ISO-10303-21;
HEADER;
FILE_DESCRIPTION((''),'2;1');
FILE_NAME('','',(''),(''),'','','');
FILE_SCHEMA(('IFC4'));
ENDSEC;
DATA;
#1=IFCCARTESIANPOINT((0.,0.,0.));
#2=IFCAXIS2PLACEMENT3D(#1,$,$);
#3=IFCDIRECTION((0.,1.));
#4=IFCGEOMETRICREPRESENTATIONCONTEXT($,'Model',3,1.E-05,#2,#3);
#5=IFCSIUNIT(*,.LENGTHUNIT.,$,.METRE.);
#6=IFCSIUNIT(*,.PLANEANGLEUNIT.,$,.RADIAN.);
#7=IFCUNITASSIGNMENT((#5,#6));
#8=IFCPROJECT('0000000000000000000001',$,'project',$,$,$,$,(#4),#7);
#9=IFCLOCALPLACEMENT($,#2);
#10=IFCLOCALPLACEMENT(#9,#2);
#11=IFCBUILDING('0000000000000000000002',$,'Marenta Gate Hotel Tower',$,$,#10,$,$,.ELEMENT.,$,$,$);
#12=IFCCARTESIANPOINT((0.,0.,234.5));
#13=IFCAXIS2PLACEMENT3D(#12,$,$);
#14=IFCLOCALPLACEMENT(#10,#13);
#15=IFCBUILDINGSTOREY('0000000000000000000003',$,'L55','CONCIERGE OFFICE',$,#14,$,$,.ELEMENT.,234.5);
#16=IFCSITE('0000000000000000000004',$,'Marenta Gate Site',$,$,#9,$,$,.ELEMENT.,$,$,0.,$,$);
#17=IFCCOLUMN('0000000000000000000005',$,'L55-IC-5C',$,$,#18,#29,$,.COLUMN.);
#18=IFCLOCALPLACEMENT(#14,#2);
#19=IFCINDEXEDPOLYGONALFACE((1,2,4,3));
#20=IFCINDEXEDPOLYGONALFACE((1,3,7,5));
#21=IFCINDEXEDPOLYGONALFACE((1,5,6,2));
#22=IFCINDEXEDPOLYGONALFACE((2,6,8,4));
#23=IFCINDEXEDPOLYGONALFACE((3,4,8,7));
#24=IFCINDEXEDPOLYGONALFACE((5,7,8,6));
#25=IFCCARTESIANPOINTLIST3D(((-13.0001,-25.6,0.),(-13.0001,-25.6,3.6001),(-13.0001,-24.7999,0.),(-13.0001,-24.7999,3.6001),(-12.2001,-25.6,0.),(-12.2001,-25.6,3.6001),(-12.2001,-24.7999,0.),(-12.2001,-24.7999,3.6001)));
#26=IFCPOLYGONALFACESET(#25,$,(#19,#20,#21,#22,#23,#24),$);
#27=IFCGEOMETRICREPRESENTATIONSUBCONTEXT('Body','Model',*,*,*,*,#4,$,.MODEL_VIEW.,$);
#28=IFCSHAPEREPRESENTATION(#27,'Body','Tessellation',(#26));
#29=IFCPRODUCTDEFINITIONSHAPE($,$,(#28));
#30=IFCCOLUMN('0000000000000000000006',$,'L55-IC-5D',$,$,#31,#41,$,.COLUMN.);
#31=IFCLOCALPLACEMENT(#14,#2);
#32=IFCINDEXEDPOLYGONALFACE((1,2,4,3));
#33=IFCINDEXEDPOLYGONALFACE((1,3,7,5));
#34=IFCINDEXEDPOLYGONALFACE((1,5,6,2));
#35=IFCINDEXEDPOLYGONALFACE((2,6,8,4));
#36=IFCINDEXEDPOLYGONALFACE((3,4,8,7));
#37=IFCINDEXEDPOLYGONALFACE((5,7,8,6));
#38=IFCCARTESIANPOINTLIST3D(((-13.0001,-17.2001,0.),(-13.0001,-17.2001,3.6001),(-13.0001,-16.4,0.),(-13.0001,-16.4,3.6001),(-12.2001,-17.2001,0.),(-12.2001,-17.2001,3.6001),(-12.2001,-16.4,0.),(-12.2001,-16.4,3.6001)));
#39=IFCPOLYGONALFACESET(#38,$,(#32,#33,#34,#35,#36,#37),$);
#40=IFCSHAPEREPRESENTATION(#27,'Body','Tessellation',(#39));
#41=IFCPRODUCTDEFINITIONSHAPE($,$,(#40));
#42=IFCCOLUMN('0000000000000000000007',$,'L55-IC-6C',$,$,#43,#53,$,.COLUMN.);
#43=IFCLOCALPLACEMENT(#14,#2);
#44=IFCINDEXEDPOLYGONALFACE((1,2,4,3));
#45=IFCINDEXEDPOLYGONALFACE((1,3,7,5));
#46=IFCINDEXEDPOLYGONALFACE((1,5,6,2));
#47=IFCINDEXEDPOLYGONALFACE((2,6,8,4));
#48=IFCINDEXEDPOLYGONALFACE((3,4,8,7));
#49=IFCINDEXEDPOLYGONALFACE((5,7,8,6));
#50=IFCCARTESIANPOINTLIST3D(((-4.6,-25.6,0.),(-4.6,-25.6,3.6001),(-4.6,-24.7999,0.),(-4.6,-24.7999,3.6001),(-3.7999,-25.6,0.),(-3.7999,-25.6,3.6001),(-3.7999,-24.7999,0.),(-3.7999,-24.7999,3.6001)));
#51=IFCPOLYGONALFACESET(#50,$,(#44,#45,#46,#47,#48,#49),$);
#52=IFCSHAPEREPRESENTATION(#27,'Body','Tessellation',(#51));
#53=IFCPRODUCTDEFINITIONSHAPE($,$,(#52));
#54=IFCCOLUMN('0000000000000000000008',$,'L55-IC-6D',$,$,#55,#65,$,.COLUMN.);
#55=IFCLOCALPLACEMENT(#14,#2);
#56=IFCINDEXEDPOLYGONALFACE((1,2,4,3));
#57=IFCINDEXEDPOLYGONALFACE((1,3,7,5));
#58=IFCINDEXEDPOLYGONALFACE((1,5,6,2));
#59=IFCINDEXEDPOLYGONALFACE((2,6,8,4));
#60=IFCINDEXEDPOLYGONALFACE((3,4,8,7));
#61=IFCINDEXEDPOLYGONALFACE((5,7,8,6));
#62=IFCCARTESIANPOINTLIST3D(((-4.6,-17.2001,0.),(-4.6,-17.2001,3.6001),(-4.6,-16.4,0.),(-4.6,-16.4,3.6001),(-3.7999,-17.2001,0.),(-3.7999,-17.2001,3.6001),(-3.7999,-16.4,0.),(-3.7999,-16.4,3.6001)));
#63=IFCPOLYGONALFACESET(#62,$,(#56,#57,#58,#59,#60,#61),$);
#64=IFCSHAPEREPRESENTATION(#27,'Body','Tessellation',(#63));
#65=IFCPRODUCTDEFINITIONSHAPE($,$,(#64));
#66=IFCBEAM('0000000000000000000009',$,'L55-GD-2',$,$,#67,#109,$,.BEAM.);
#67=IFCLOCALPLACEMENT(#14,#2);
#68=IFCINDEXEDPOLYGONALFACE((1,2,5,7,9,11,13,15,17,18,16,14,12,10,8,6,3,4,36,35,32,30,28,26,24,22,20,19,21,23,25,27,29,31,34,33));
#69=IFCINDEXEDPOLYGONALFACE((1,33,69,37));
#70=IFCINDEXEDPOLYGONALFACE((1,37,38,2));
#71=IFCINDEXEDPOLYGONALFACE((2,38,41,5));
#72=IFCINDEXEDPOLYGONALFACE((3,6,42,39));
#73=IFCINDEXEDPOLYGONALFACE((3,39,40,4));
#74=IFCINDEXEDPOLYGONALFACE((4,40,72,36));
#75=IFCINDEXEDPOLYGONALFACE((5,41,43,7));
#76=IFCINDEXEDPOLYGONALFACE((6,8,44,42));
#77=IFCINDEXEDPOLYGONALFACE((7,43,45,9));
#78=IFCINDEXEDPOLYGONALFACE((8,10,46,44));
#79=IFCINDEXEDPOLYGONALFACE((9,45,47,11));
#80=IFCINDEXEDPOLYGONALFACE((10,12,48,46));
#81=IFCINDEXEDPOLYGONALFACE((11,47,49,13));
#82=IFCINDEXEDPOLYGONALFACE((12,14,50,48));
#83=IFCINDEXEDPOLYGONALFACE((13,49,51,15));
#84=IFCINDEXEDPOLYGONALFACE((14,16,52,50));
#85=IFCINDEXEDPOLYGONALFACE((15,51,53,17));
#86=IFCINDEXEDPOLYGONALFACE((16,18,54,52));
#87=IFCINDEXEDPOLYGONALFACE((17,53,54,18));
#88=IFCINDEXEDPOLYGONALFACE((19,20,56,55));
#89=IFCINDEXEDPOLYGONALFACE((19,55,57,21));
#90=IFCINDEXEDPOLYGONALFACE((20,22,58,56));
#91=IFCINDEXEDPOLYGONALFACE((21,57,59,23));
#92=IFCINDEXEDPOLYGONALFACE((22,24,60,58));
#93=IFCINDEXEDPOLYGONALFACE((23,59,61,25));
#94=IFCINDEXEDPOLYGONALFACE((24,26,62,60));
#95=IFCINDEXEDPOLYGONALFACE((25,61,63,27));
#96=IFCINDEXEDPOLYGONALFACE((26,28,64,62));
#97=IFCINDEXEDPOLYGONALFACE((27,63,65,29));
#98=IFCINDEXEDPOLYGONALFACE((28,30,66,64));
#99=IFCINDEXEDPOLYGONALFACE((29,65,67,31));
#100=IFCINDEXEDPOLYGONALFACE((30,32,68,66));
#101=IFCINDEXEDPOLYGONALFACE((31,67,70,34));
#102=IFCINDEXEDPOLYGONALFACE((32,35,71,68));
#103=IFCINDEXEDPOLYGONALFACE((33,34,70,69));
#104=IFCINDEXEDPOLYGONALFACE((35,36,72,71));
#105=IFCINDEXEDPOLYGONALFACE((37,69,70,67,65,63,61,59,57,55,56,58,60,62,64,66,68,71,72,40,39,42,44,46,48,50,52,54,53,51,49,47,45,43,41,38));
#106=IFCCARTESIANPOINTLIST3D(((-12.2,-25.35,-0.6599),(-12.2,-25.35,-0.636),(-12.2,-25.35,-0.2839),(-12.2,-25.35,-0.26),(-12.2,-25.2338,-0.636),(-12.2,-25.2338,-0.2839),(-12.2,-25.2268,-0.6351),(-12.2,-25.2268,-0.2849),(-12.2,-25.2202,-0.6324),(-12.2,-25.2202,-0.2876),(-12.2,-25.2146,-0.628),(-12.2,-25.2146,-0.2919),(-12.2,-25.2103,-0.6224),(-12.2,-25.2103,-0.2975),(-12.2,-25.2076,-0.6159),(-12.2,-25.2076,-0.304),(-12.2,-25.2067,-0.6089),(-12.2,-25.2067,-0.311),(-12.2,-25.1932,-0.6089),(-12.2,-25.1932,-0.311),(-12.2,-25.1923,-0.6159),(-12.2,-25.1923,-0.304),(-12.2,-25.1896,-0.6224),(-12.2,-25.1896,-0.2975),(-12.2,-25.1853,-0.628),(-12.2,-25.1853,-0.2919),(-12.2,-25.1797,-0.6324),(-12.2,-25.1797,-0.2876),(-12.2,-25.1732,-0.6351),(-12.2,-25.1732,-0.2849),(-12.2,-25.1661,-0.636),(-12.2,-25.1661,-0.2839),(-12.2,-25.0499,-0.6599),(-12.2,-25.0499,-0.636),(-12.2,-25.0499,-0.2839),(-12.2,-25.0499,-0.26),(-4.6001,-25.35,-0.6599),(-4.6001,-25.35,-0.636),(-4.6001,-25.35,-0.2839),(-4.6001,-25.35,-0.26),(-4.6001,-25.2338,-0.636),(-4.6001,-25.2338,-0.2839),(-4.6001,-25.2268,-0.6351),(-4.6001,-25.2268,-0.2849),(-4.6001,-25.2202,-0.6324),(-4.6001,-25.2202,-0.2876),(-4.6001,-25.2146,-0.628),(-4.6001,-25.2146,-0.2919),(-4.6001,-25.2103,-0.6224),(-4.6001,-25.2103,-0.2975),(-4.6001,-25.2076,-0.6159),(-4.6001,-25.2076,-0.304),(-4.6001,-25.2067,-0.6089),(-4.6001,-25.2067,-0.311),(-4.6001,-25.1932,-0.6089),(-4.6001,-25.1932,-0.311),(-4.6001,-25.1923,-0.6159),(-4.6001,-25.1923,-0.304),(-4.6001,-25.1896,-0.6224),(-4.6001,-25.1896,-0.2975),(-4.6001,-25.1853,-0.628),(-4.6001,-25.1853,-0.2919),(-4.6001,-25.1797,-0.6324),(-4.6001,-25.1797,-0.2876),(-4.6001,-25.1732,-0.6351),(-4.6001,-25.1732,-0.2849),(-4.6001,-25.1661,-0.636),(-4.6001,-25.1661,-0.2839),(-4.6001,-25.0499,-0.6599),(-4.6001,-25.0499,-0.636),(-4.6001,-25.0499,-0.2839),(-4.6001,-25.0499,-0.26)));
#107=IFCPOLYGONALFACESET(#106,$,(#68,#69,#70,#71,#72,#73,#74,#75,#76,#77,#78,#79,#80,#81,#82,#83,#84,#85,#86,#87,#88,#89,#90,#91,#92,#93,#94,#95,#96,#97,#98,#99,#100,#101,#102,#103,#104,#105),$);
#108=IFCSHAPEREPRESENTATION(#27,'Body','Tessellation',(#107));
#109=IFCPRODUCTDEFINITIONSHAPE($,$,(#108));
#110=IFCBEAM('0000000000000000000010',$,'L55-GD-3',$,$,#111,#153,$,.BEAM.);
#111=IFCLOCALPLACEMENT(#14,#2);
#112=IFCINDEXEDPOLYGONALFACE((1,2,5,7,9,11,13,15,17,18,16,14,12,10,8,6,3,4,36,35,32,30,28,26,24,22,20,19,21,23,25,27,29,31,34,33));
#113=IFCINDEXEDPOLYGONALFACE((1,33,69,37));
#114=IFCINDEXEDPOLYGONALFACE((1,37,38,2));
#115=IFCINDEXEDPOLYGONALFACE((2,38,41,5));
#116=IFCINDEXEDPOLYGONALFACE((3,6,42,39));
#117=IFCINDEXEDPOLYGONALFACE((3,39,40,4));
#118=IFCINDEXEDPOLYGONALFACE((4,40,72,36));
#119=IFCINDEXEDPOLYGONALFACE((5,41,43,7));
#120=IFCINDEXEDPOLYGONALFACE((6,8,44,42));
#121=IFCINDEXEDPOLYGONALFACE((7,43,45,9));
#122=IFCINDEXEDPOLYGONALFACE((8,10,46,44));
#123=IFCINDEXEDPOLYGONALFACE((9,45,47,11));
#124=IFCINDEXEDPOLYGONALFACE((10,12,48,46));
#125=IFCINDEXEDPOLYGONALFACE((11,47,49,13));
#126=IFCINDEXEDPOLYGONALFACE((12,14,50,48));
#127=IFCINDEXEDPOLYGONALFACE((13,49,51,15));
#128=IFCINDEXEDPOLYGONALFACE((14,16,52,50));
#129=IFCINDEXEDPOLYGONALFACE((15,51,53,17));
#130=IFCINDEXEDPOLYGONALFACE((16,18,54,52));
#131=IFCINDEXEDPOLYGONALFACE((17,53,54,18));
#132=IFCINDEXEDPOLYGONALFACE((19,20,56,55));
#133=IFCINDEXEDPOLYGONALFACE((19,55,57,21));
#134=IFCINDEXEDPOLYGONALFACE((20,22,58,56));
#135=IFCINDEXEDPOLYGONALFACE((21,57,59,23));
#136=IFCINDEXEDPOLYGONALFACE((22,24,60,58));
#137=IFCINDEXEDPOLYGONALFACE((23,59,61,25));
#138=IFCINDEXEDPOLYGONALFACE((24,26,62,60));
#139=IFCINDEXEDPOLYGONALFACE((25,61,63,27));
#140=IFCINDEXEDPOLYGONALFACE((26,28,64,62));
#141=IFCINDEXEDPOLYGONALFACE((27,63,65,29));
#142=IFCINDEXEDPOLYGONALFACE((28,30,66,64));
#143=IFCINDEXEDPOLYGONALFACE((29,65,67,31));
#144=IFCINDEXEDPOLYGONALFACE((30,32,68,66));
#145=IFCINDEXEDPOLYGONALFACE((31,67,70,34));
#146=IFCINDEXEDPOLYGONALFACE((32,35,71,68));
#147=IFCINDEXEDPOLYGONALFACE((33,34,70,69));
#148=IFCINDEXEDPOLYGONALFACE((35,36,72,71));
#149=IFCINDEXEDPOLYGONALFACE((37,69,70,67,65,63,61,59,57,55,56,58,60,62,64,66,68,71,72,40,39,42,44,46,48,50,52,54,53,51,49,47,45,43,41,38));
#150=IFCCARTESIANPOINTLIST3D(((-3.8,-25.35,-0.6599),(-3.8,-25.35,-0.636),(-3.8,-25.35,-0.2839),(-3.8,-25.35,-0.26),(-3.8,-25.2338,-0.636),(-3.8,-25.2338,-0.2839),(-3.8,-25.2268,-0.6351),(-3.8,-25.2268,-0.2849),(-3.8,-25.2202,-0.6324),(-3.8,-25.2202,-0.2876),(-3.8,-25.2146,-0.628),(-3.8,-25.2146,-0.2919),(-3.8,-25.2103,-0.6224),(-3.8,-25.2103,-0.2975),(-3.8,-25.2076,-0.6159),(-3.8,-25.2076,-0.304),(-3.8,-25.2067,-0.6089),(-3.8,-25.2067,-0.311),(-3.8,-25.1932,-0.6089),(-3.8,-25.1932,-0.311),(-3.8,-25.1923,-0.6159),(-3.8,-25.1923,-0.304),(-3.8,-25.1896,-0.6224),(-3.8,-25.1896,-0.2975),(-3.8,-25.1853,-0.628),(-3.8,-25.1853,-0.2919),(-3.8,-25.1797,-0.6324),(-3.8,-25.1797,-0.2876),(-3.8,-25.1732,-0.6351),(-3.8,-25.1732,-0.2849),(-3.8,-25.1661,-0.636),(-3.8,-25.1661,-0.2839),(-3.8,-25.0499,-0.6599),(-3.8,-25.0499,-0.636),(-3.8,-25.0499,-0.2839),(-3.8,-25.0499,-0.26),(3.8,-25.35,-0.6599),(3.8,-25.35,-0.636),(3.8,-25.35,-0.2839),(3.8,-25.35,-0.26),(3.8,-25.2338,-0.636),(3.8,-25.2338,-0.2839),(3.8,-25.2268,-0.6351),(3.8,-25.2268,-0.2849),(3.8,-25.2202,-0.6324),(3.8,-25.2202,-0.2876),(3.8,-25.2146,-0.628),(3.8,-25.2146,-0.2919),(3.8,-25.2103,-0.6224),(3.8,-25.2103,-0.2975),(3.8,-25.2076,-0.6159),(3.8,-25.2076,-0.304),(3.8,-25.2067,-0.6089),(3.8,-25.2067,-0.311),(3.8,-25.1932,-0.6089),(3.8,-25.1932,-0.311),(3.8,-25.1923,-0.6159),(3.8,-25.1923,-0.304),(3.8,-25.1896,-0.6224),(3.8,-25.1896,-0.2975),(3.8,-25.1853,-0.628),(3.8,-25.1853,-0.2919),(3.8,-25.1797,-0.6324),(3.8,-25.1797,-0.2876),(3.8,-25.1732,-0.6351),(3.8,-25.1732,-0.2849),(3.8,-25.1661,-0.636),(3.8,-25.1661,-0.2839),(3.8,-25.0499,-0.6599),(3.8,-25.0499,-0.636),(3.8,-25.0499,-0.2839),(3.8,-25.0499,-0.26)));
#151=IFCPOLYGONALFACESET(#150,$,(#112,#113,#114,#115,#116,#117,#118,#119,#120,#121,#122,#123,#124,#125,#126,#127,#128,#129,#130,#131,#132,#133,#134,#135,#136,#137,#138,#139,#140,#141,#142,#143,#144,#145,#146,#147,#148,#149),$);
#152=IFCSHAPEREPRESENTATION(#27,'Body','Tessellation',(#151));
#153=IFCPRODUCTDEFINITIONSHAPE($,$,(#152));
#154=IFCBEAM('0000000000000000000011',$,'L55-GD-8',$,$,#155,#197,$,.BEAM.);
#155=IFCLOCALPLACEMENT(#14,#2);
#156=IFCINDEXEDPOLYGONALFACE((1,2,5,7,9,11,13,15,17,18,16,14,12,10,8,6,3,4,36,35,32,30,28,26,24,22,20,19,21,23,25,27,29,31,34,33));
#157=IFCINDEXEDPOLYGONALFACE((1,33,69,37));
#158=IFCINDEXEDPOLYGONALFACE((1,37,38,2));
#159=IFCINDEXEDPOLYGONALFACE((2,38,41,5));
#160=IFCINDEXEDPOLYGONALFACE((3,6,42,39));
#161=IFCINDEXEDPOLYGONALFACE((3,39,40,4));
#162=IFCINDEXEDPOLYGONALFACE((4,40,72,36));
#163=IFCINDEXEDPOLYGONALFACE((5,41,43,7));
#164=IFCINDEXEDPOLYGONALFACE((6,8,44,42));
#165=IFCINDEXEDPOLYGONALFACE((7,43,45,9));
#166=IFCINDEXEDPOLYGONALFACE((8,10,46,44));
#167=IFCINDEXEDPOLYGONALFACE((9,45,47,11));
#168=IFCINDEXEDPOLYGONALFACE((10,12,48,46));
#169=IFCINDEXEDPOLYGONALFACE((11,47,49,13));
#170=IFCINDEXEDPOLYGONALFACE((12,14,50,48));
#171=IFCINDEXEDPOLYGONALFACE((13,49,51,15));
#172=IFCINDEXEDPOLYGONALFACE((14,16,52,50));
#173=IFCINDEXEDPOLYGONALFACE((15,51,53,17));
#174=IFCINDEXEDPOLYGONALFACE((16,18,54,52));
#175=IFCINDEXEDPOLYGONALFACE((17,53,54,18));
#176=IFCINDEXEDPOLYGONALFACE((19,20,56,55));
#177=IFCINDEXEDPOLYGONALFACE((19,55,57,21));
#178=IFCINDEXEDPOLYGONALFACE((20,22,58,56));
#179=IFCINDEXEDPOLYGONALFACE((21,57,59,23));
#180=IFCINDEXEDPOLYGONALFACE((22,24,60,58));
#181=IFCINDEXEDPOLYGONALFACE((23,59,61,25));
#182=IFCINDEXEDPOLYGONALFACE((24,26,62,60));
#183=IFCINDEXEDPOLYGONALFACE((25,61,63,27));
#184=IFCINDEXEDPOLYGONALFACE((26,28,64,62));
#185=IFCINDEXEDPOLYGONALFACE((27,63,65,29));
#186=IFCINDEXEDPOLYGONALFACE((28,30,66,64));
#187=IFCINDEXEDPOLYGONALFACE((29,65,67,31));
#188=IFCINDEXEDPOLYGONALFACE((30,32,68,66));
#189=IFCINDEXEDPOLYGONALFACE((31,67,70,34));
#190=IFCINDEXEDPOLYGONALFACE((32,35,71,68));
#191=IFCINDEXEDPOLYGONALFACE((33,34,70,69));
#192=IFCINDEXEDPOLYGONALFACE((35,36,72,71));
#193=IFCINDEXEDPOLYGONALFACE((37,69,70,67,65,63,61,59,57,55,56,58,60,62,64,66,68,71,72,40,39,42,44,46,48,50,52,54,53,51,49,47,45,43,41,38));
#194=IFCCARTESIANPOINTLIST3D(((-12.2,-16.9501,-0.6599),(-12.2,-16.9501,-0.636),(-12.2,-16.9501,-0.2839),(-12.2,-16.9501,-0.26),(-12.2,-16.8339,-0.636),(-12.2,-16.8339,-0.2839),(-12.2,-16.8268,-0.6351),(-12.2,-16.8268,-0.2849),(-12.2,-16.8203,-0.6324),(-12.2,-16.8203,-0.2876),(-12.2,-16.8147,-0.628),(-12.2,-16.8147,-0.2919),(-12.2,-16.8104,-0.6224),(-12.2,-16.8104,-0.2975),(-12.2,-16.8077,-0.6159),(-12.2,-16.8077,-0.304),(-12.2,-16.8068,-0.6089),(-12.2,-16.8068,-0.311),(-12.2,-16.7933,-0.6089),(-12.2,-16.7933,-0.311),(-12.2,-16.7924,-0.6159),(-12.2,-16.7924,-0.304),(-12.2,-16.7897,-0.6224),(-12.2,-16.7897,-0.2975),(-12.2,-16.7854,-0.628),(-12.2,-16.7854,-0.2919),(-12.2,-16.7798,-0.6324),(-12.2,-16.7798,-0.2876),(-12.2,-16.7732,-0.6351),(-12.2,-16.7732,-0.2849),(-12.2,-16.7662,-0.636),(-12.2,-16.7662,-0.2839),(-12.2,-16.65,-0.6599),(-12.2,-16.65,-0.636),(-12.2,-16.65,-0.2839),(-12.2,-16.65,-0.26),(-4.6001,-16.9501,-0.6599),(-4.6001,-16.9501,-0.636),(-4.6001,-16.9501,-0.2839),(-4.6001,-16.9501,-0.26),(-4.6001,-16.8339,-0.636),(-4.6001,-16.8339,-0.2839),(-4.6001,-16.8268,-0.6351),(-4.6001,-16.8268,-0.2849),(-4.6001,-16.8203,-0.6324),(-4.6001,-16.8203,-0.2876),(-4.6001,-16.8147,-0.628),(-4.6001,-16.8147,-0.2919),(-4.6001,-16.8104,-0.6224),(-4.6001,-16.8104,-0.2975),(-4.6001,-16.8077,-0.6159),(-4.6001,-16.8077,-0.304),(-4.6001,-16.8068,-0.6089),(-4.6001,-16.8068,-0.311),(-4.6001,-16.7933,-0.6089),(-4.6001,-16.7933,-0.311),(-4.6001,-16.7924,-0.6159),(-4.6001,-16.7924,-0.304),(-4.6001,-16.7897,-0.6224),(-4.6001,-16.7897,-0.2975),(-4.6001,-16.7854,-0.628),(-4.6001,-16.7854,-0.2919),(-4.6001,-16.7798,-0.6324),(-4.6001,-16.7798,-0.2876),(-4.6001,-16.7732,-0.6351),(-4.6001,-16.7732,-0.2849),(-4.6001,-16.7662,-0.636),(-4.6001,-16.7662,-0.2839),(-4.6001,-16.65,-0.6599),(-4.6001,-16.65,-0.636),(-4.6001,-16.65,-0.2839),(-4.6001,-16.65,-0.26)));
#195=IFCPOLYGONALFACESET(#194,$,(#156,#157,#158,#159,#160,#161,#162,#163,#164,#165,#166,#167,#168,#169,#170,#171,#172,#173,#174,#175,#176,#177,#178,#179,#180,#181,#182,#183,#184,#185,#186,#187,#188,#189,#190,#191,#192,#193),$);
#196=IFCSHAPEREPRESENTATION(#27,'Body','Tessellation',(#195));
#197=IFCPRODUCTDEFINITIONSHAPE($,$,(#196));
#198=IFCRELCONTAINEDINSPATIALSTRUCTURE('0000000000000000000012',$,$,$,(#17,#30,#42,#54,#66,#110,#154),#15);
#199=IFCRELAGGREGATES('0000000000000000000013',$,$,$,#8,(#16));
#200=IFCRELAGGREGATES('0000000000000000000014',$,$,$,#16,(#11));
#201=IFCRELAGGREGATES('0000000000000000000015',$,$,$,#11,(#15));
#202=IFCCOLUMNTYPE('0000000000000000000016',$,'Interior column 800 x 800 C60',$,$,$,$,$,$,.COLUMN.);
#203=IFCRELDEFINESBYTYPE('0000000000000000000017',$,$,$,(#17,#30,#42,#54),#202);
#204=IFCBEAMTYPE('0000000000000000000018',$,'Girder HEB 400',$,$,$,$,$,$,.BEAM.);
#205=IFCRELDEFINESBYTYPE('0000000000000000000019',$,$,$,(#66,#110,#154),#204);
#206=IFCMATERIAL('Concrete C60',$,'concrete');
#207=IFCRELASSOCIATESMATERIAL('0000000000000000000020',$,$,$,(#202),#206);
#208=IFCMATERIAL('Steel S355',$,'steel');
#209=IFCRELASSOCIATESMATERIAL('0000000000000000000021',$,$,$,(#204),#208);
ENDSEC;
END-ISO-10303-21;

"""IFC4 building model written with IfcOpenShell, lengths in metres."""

from ifc_helpers import new_model, si_unit, direction, frame, origin, origin_2d, place, context, subcontext, project, spatial, rectangle, i_section, extrude, material, material_profile, profile_set, type_object, element, save


model = new_model("IFC4")

# Units and contexts
model_context = context("Model", 3, precision=1e-05, world=origin(), true_north=direction((0.0, 1.0)))
body_context = subcontext(model_context, "Body", "Model", "MODEL_VIEW")
ifc_project = project(units=[si_unit("LENGTHUNIT", "METRE"), si_unit("PLANEANGLEUNIT", "RADIAN")], contexts=[model_context])

# Site, building, storey
site_placement = place(None, origin())
site = spatial("IfcSite", under=ifc_project, at=site_placement, Name="Marenta Gate Site", CompositionType="ELEMENT", RefElevation=0.0)
building_placement = place(site_placement, origin())
building = spatial("IfcBuilding", under=site, at=building_placement, Name="Marenta Gate Hotel Tower", CompositionType="ELEMENT")
storey_placement = place(building_placement, frame((0.0, 0.0, 234.5)))
storey = spatial("IfcBuildingStorey", under=building, at=storey_placement, Name="L55", Description="CONCIERGE OFFICE", CompositionType="ELEMENT", Elevation=234.5)

# Columns
ifc_material_1 = material(Name="Concrete C60", Category="concrete")
ifc_material_profile_1 = material_profile(ifc_material_1, rectangle(XDim=0.8, YDim=0.8, at=origin_2d()), Name="800 x 800")
ifc_profile_set_1 = profile_set([ifc_material_profile_1], Name="Concrete C60")
column_type = type_object("IfcColumnType", Name="Interior column 800 x 800 C60", PredefinedType="COLUMN", material=ifc_profile_set_1)
for number, where, z_axis, x_axis, name in (
    (1, (-12.6001, -25.2, 0.0), (0.0, 0.0, 1.0), (1.0, 0.0, 0.0), "L55-IC-5C"),
    (2, (-12.6001, -16.8, 0.0), (0.0, 0.0, 1.0), (1.0, 0.0, 0.0), "L55-IC-5D"),
    (3, (-4.2, -25.2, 0.0), (0.0, 0.0, 1.0), (1.0, 0.0, 0.0), "L55-IC-6C"),
    (4, (-4.2, -16.8, 0.0), (0.0, 0.0, 1.0), (1.0, 0.0, 0.0), "L55-IC-6D"),
):
    element("IfcColumn", number, at=place(storey_placement, frame(where, z_axis=z_axis, x_axis=x_axis)), inside=storey, type_object=column_type, Name=name, PredefinedType="COLUMN", context=body_context, shape_type="SweptSolid", body=[
        extrude(rectangle(XDim=0.8, YDim=0.8, at=origin_2d()), origin(), (0.0, 0.0, 1.0), 3.6001),
    ])

# Beams
ifc_material_2 = material(Name="Steel S355", Category="steel")
ifc_material_profile_2 = material_profile(ifc_material_2, i_section(OverallWidth=0.3, OverallDepth=0.3999, WebThickness=0.0134, FlangeThickness=0.0239, FilletRadius=0.0271, at=origin_2d()), Name="HEB 400")
ifc_profile_set_2 = profile_set([ifc_material_profile_2], Name="Steel S355")
beam_type = type_object("IfcBeamType", Name="Girder HEB 400", PredefinedType="BEAM", material=ifc_profile_set_2)
beam_1_placement = place(storey_placement, frame((-12.2, -25.2, -0.46), z_axis=(1.0, 0.0, 0.0), x_axis=(0.0, 1.0, 0.0)))
element("IfcBeam", 5, at=beam_1_placement, inside=storey, type_object=beam_type, Name="L55-GD-2", PredefinedType="BEAM", context=body_context, shape_type="SweptSolid", body=[
    extrude(i_section(OverallWidth=0.3, OverallDepth=0.3999, WebThickness=0.0134, FlangeThickness=0.0239, FilletRadius=0.0271, at=origin_2d()), origin(), (0.0, 0.0, 1.0), 7.5999),
])
beam_2_placement = place(storey_placement, frame((-3.8, -25.2, -0.46), z_axis=(1.0, 0.0, 0.0), x_axis=(0.0, 1.0, 0.0)))
element("IfcBeam", 6, at=beam_2_placement, inside=storey, type_object=beam_type, Name="L55-GD-3", PredefinedType="BEAM", context=body_context, shape_type="SweptSolid", body=[
    extrude(i_section(OverallWidth=0.3, OverallDepth=0.3999, WebThickness=0.0134, FlangeThickness=0.0239, FilletRadius=0.0271, at=origin_2d()), origin(), (0.0, 0.0, 1.0), 7.6001),
])
beam_3_placement = place(storey_placement, frame((-12.2, -16.8, -0.46), z_axis=(1.0, 0.0, 0.0), x_axis=(0.0, 1.0, 0.0)))
element("IfcBeam", 7, at=beam_3_placement, inside=storey, type_object=beam_type, Name="L55-GD-8", PredefinedType="BEAM", context=body_context, shape_type="SweptSolid", body=[
    extrude(i_section(OverallWidth=0.3, OverallDepth=0.3999, WebThickness=0.0134, FlangeThickness=0.0239, FilletRadius=0.0271, at=origin_2d()), origin(), (0.0, 0.0, 1.0), 7.5999),
])

save(model, "model.ifc")
